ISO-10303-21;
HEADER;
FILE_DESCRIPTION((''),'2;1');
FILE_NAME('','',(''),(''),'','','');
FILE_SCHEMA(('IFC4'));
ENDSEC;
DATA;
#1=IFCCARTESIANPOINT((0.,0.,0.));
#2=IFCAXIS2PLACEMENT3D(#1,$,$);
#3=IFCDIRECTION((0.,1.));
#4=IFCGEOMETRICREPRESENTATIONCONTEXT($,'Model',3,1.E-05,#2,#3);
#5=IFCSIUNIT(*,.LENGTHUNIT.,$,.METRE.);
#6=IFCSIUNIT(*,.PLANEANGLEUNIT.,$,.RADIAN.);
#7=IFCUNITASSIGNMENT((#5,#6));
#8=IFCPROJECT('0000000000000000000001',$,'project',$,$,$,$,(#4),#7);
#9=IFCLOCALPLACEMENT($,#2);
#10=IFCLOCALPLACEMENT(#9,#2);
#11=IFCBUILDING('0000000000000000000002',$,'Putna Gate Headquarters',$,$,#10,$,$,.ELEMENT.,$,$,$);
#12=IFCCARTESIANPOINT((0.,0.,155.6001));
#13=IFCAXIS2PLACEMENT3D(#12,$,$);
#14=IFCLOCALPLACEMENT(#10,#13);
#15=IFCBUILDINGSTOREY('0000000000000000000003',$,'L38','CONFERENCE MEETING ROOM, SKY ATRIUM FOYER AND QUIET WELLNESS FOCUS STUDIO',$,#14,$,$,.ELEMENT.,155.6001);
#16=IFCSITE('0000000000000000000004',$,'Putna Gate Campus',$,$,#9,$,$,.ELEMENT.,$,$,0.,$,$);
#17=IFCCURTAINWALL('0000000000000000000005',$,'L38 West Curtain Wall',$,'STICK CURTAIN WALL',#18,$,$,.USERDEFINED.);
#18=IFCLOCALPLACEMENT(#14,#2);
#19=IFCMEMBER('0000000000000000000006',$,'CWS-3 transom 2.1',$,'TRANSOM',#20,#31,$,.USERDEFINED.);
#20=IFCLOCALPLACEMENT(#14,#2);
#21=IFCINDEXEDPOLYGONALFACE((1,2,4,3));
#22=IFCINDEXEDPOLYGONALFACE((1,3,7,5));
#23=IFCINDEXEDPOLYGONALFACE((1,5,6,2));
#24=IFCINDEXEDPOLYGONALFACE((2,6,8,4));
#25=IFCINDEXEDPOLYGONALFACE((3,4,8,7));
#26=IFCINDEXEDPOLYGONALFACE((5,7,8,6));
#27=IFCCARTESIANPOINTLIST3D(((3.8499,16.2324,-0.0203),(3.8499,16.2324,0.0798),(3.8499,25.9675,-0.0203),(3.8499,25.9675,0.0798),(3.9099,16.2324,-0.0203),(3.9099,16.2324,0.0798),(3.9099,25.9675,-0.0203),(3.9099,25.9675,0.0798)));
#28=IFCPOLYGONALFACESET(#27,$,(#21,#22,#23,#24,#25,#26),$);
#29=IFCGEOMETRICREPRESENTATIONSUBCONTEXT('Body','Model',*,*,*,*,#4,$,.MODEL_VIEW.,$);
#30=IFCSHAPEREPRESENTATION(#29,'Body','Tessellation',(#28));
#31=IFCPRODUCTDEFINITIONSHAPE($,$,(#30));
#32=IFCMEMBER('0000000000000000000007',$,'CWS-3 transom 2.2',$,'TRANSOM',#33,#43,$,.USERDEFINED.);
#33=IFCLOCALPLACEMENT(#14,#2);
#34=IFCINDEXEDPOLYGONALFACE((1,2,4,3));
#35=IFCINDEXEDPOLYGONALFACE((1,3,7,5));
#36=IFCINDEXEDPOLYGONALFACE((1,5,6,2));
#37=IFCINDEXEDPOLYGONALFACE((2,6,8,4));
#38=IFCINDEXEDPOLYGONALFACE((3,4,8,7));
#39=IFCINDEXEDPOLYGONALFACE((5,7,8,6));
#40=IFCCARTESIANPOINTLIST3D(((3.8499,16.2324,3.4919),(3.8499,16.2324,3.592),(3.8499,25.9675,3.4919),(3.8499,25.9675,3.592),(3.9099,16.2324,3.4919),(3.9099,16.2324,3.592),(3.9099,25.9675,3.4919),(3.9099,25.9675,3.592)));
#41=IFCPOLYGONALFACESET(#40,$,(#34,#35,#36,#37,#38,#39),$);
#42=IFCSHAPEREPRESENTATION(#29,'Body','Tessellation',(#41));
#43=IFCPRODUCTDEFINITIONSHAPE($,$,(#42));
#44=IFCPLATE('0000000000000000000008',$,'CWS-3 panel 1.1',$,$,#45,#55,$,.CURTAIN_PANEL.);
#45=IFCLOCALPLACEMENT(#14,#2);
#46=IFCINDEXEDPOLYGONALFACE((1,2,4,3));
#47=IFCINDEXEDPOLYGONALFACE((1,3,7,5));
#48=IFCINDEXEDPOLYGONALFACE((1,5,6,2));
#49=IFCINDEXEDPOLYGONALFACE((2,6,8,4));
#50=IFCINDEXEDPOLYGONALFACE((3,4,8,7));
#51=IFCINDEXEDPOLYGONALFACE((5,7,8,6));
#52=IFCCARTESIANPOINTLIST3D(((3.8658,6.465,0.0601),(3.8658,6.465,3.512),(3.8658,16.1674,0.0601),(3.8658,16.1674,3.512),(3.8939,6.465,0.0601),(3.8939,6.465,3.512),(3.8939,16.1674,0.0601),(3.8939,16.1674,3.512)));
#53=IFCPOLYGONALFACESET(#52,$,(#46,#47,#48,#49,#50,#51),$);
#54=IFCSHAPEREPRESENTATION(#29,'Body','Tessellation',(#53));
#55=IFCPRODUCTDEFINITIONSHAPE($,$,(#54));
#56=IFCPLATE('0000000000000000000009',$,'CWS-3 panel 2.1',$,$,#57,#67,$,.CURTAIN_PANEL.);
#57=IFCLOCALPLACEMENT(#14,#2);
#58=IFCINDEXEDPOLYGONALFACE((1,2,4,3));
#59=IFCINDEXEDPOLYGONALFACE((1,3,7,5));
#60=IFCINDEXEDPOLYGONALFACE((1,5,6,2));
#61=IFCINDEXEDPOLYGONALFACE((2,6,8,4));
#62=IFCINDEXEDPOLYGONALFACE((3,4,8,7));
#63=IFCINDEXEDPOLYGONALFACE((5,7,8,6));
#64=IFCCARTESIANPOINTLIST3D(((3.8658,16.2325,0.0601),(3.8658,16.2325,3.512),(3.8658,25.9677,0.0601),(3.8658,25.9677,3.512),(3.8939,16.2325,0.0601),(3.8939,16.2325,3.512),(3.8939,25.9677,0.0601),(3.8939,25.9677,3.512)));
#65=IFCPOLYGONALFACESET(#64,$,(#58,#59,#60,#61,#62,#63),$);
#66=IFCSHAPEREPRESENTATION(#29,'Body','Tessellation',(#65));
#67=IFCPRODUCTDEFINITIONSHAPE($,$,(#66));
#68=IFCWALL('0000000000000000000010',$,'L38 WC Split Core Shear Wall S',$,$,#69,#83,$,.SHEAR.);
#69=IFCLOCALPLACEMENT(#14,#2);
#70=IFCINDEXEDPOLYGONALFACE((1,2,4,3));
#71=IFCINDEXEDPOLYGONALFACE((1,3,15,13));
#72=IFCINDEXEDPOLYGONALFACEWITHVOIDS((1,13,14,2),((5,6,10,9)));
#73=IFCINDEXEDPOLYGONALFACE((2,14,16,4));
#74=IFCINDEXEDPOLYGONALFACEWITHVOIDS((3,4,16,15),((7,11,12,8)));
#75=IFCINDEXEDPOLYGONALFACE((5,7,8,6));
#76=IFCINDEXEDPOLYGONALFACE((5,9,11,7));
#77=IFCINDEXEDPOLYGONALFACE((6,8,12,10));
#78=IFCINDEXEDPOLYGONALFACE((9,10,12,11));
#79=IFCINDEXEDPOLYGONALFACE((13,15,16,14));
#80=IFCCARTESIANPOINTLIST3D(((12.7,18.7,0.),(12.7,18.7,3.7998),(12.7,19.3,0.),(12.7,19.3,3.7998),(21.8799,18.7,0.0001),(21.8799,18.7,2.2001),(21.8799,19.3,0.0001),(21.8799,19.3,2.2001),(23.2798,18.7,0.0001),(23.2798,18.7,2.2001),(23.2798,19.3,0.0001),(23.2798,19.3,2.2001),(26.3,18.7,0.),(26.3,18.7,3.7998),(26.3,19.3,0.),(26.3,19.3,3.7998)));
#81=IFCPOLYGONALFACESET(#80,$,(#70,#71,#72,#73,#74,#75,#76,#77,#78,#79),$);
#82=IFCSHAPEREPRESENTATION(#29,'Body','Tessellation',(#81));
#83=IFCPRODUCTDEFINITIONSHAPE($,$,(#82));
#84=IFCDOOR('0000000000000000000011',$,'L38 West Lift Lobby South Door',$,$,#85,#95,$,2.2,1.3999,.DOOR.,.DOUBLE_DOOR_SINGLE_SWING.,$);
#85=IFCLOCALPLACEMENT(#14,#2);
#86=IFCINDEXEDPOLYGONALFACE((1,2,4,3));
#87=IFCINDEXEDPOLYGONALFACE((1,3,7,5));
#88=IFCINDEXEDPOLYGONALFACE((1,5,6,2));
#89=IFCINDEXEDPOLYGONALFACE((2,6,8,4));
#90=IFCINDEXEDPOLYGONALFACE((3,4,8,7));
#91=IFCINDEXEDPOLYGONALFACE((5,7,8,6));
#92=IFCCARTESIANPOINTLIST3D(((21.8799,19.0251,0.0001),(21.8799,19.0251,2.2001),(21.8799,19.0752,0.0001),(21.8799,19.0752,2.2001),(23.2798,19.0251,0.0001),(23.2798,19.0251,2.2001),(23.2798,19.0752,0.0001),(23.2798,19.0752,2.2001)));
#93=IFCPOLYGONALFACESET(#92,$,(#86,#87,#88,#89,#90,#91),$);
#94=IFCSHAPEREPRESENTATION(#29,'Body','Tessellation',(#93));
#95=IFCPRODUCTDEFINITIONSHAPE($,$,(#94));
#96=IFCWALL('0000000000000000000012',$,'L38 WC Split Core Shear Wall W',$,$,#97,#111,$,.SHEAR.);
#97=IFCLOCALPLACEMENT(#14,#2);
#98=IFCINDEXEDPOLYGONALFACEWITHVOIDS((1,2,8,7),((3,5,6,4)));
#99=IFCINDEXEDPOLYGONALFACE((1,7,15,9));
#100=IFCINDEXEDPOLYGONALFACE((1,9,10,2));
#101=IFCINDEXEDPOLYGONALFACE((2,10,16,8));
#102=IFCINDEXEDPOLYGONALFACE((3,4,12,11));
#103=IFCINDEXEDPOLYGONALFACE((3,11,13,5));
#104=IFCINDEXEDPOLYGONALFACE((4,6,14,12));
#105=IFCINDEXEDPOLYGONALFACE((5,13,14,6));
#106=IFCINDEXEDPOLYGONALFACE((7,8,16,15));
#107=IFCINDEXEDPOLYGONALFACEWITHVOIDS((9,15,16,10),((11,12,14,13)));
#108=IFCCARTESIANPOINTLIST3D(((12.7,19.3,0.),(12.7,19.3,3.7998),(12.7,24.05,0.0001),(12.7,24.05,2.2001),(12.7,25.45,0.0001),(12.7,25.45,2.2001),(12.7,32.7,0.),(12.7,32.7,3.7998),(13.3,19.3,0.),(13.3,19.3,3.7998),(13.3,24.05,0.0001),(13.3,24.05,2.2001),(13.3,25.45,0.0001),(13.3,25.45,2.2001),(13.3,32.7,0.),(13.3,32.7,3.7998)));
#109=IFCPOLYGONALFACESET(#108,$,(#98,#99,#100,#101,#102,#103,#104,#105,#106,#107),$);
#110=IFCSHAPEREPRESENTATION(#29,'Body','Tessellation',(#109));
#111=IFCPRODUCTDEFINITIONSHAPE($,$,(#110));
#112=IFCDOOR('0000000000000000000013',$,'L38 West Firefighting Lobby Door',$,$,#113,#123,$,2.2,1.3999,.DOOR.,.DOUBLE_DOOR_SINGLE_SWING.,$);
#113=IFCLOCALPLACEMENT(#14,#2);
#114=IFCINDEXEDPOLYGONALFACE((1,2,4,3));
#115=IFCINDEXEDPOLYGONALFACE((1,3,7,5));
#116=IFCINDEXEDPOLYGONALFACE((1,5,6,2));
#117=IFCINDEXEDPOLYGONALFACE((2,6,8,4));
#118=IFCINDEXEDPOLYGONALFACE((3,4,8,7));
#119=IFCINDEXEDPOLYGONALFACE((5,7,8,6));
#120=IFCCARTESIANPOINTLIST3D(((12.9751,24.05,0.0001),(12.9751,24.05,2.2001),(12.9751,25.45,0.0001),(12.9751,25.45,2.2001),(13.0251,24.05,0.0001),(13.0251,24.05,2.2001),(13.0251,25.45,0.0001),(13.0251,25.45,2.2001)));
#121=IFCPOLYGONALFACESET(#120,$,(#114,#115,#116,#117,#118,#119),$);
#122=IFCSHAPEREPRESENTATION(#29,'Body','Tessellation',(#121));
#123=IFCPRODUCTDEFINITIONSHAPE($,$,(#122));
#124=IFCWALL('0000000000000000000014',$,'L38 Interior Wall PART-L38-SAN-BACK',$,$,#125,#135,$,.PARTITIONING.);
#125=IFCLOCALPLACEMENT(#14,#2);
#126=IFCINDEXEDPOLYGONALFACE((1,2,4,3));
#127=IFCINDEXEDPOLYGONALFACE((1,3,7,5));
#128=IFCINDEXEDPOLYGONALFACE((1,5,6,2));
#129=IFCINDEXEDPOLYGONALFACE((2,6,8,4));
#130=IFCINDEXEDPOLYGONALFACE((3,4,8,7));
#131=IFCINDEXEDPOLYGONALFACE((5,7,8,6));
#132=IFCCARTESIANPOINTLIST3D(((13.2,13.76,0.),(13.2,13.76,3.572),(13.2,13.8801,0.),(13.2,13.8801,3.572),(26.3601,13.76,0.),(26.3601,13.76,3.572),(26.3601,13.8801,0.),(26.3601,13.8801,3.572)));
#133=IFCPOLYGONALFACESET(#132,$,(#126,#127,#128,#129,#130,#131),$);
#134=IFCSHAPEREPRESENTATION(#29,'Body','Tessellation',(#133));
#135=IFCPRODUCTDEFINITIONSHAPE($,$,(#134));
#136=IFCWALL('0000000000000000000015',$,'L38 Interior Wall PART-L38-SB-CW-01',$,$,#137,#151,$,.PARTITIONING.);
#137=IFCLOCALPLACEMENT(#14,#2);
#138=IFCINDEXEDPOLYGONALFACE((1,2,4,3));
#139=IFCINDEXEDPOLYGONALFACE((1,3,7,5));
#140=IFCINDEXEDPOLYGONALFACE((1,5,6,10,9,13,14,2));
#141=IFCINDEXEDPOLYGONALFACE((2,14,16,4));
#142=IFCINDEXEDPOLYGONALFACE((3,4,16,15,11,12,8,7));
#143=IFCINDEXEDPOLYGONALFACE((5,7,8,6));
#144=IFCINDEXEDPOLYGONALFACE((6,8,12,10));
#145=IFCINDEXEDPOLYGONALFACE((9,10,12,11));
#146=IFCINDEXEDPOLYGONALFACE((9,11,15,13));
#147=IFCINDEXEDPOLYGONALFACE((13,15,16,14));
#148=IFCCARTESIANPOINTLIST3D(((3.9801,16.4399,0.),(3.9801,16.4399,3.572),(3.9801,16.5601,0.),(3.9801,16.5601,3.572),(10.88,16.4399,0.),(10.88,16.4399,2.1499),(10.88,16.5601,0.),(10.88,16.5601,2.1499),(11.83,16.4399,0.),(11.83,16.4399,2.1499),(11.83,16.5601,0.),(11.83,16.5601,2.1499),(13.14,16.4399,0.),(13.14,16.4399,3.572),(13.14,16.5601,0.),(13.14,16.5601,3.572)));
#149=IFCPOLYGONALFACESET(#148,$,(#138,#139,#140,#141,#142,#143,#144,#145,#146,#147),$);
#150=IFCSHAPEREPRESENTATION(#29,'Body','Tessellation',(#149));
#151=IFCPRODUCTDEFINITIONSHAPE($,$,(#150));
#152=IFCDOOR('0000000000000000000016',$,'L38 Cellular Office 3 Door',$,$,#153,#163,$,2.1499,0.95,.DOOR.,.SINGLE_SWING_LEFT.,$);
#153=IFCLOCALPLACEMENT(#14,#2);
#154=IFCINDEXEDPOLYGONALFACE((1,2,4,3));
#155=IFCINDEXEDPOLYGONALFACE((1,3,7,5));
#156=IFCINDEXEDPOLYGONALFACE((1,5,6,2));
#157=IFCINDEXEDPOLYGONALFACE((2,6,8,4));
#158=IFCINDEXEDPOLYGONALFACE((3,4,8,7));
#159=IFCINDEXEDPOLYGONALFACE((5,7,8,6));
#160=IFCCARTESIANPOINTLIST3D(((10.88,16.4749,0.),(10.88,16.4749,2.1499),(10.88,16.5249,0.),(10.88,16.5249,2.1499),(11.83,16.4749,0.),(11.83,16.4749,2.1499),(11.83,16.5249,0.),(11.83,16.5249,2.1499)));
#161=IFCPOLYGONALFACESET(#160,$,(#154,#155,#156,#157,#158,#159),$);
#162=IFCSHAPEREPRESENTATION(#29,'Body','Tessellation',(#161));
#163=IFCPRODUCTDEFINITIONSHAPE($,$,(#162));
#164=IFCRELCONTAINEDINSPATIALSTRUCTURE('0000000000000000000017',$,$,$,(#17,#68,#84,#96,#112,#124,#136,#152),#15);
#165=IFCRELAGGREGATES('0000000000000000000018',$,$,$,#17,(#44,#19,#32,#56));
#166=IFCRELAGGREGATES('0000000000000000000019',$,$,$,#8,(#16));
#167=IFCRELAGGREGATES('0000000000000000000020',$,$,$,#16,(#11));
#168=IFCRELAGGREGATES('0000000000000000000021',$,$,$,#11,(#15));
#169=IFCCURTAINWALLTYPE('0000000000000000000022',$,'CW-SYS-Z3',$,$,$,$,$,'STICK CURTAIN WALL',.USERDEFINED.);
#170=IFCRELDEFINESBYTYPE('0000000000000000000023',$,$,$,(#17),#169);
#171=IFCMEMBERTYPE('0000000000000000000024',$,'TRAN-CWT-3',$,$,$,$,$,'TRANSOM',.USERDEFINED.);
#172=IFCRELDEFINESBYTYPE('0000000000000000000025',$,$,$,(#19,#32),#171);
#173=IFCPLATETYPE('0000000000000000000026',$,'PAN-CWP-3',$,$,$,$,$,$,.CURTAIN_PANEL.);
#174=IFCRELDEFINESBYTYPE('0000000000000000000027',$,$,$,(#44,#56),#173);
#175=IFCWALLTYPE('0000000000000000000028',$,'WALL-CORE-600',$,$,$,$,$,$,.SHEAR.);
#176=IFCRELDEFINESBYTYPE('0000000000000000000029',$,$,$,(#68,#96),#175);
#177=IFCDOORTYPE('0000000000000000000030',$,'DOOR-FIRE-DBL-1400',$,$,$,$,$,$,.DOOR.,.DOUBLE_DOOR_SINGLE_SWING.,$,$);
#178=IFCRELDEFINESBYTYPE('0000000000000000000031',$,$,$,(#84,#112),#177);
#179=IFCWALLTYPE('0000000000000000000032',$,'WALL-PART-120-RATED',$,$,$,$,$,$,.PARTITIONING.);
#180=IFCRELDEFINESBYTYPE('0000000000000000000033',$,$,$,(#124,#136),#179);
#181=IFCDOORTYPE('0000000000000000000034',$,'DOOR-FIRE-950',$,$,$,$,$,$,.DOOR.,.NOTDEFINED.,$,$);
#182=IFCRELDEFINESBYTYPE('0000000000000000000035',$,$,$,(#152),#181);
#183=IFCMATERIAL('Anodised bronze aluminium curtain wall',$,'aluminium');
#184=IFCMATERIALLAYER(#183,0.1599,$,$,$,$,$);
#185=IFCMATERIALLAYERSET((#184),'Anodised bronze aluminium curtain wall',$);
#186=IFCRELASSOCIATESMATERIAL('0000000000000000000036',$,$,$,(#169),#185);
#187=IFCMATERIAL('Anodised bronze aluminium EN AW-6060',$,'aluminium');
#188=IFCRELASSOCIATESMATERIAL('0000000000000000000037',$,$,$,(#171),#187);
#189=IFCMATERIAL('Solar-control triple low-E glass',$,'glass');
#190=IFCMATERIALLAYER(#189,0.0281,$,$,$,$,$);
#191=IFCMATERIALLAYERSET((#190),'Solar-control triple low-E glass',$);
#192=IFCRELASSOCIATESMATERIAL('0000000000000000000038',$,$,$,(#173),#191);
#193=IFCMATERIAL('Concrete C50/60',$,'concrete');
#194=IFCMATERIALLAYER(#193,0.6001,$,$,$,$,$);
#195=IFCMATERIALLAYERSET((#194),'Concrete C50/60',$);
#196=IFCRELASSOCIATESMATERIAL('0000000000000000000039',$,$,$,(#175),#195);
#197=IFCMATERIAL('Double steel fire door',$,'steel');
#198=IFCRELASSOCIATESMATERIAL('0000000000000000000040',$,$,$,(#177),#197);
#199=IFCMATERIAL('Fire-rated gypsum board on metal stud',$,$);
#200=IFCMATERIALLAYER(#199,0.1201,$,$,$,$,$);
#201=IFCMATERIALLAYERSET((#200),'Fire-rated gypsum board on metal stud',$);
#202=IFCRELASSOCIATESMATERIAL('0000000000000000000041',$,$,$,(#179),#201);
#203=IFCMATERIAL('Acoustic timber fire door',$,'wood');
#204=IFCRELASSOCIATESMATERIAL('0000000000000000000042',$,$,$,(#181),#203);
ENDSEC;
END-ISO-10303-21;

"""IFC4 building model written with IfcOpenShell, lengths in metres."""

from ifc_helpers import new_model, si_unit, direction, frame, frame_2d, origin, origin_2d, place, context, subcontext, project, spatial, rectangle, extrude, material, layer, layer_set, material_profile, profile_set, type_object, element, fill, aggregate, save


model = new_model("IFC4")

# Units and contexts
model_context = context("Model", 3, precision=1e-05, world=origin(), true_north=direction((0.0, 1.0)))
body_context = subcontext(model_context, "Body", "Model", "MODEL_VIEW")
ifc_project = project(units=[si_unit("LENGTHUNIT", "METRE"), si_unit("PLANEANGLEUNIT", "RADIAN")], contexts=[model_context])

# Site, building, storey
site_placement = place(None, origin())
site = spatial("IfcSite", under=ifc_project, at=site_placement, Name="Putna Gate Campus", CompositionType="ELEMENT", RefElevation=0.0)
building_placement = place(site_placement, origin())
building = spatial("IfcBuilding", under=site, at=building_placement, Name="Putna Gate Headquarters", CompositionType="ELEMENT")
storey_placement = place(building_placement, frame((0.0, 0.0, 155.6001)))
storey = spatial("IfcBuildingStorey", under=building, at=storey_placement, Name="L38", Description="CONFERENCE MEETING ROOM, SKY ATRIUM FOYER AND QUIET WELLNESS FOCUS STUDIO", CompositionType="ELEMENT", Elevation=155.6001)

# Shared definitions
ifc_material_1 = material(Name="Concrete C50/60", Category="concrete")

# Curtain wall, members, plates
ifc_material_2 = material(Name="Anodised bronze aluminium curtain wall", Category="aluminium")
ifc_layer_1 = layer(ifc_material_2, 0.1599)
ifc_layer_set_1 = layer_set([ifc_layer_1], Name="Anodised bronze aluminium curtain wall")
curtain_wall_type = type_object("IfcCurtainWallType", Name="CW-SYS-Z3", ElementType="STICK CURTAIN WALL", PredefinedType="USERDEFINED", material=ifc_layer_set_1)
curtain_wall_placement = place(storey_placement, origin())
curtain_wall = element("IfcCurtainWall", 1, at=curtain_wall_placement, inside=storey, type_object=curtain_wall_type, Name="L38 West Curtain Wall", ObjectType="STICK CURTAIN WALL", PredefinedType="USERDEFINED")
ifc_material_3 = material(Name="Anodised bronze aluminium EN AW-6060", Category="aluminium")
ifc_material_profile_1 = material_profile(ifc_material_3, rectangle(XDim=0.0601, YDim=0.1001, at=origin_2d()), Name="Anodised bronze aluminium EN AW-6060")
ifc_profile_set_1 = profile_set([ifc_material_profile_1], Name="Anodised bronze aluminium EN AW-6060")
member_type_1 = type_object("IfcMemberType", Name="TRAN-CWT-3", ElementType="TRANSOM", PredefinedType="USERDEFINED", material=ifc_profile_set_1)
member_1_placement = place(storey_placement, frame((3.8799, 16.2324, 0.0298), z_axis=(0.0, 1.0, 0.0), x_axis=(-1.0, 0.0, 0.0)))
member_1 = element("IfcMember", 2, at=member_1_placement, type_object=member_type_1, Name="CWS-3 transom 2.1", ObjectType="TRANSOM", PredefinedType="USERDEFINED", context=body_context, shape_type="SweptSolid", body=[
    extrude(rectangle(XDim=0.0601, YDim=0.1001, at=origin_2d()), origin(), (0.0, 0.0, 1.0), 9.7351),
])
member_2_placement = place(storey_placement, frame((3.8799, 16.2324, 3.542), z_axis=(0.0, 1.0, 0.0), x_axis=(-1.0, 0.0, 0.0)))
member_2 = element("IfcMember", 3, at=member_2_placement, type_object=member_type_1, Name="CWS-3 transom 2.2", ObjectType="TRANSOM", PredefinedType="USERDEFINED", context=body_context, shape_type="SweptSolid", body=[
    extrude(rectangle(XDim=0.0601, YDim=0.1001, at=origin_2d()), origin(), (0.0, 0.0, 1.0), 9.7351),
])
ifc_material_4 = material(Name="Solar-control triple low-E glass", Category="glass")
ifc_layer_2 = layer(ifc_material_4, 0.0281)
ifc_layer_set_2 = layer_set([ifc_layer_2], Name="Solar-control triple low-E glass")
plate_type = type_object("IfcPlateType", Name="PAN-CWP-3", PredefinedType="CURTAIN_PANEL", material=ifc_layer_set_2)
plate_1_placement = place(storey_placement, frame((3.8799, 11.3162, 0.0601), z_axis=(0.0, 0.0, 1.0), x_axis=(0.0, 1.0, 0.0)))
plate_1 = element("IfcPlate", 4, at=plate_1_placement, type_object=plate_type, Name="CWS-3 panel 1.1", PredefinedType="CURTAIN_PANEL", context=body_context, shape_type="SweptSolid", body=[
    extrude(rectangle(XDim=9.7024, YDim=0.0281, at=origin_2d()), origin(), (0.0, 0.0, 1.0), 3.4519),
])
plate_2_placement = place(storey_placement, frame((3.8799, 21.1001, 0.0601), z_axis=(0.0, 0.0, 1.0), x_axis=(0.0, 1.0, 0.0)))
plate_2 = element("IfcPlate", 5, at=plate_2_placement, type_object=plate_type, Name="CWS-3 panel 2.1", PredefinedType="CURTAIN_PANEL", context=body_context, shape_type="SweptSolid", body=[
    extrude(rectangle(XDim=9.7351, YDim=0.0281, at=origin_2d()), origin(), (0.0, 0.0, 1.0), 3.4519),
])
aggregate(curtain_wall, [plate_1, member_1, member_2, plate_2])

# Walls, openings, doors
ifc_layer_3 = layer(ifc_material_1, 0.6001)
ifc_layer_set_3 = layer_set([ifc_layer_3], Name="Concrete C50/60")
wall_type_1 = type_object("IfcWallType", Name="WALL-CORE-600", PredefinedType="SHEAR", material=ifc_layer_set_3)
wall_1_placement = place(storey_placement, frame((12.7, 19.0, 0.0), z_axis=(0.0, 0.0, 1.0), x_axis=(1.0, 0.0, 0.0)))
wall_1 = element("IfcWall", 6, at=wall_1_placement, inside=storey, type_object=wall_type_1, Name="L38 WC Split Core Shear Wall S", PredefinedType="SHEAR", context=body_context, shape_type="SweptSolid", body=[
    extrude(rectangle(XDim=13.6001, YDim=0.6001, at=frame_2d((6.8, 0.0))), origin(), (0.0, 0.0, 1.0), 3.7998),
])
opening_1_placement = place(wall_1_placement, frame((9.1799, 0.0, 0.0)))
opening_1 = element("IfcOpeningElement", 7, at=opening_1_placement, cuts=wall_1, PredefinedType="OPENING", context=body_context, shape_type="SweptSolid", body=[
    extrude(rectangle(XDim=1.3999, YDim=2.2, at=frame_2d((0.7, 1.1001))), frame((0.0, 0.3101, 0.0), z_axis=(0.0, -1.0, 0.0), x_axis=(1.0, 0.0, 0.0)), (0.0, 0.0, 1.0), 0.6201),
])
ifc_material_5 = material(Name="Double steel fire door", Category="steel")
door_type_1 = type_object("IfcDoorType", Name="DOOR-FIRE-DBL-1400", OperationType="DOUBLE_DOOR_SINGLE_SWING", PredefinedType="DOOR", material=ifc_material_5)
door_1_placement = place(opening_1_placement, origin())
door_1 = element("IfcDoor", 8, at=door_1_placement, inside=storey, type_object=door_type_1, Name="L38 West Lift Lobby South Door", OperationType="DOUBLE_DOOR_SINGLE_SWING", OverallHeight=2.2, OverallWidth=1.3999, PredefinedType="DOOR", context=body_context, shape_type="SweptSolid", body=[
    extrude(rectangle(XDim=1.3999, YDim=2.2, at=frame_2d((0.7, 1.1001))), frame((0.0, 0.0752, 0.0), z_axis=(0.0, -1.0, 0.0), x_axis=(1.0, 0.0, 0.0)), (0.0, 0.0, 1.0), 0.05),
])
fill(opening_1, door_1)
wall_2_placement = place(storey_placement, frame((13.0, 19.3, 0.0), z_axis=(0.0, 0.0, 1.0), x_axis=(0.0, 1.0, 0.0)))
wall_2 = element("IfcWall", 9, at=wall_2_placement, inside=storey, type_object=wall_type_1, Name="L38 WC Split Core Shear Wall W", PredefinedType="SHEAR", context=body_context, shape_type="SweptSolid", body=[
    extrude(rectangle(XDim=13.3999, YDim=0.6001, at=frame_2d((6.7, 0.0))), origin(), (0.0, 0.0, 1.0), 3.7998),
])
opening_2_placement = place(wall_2_placement, frame((4.75, 0.0, 0.0)))
opening_2 = element("IfcOpeningElement", 10, at=opening_2_placement, cuts=wall_2, PredefinedType="OPENING", context=body_context, shape_type="SweptSolid", body=[
    extrude(rectangle(XDim=1.3999, YDim=2.2, at=frame_2d((0.7, 1.1001))), frame((0.0, 0.3101, 0.0), z_axis=(0.0, -1.0, 0.0), x_axis=(1.0, 0.0, 0.0)), (0.0, 0.0, 1.0), 0.6201),
])
door_2_placement = place(opening_2_placement, origin())
door_2 = element("IfcDoor", 11, at=door_2_placement, inside=storey, type_object=door_type_1, Name="L38 West Firefighting Lobby Door", OperationType="DOUBLE_DOOR_SINGLE_SWING", OverallHeight=2.2, OverallWidth=1.3999, PredefinedType="DOOR", context=body_context, shape_type="SweptSolid", body=[
    extrude(rectangle(XDim=1.3999, YDim=2.2, at=frame_2d((0.7, 1.1001))), frame((0.0, 0.0249, 0.0), z_axis=(0.0, -1.0, 0.0), x_axis=(1.0, 0.0, 0.0)), (0.0, 0.0, 1.0), 0.05),
])
fill(opening_2, door_2)

# Shared definitions
ifc_material_6 = material(Name="Fire-rated gypsum board on metal stud")
ifc_layer_4 = layer(ifc_material_6, 0.1201)
ifc_layer_set_4 = layer_set([ifc_layer_4], Name="Fire-rated gypsum board on metal stud")
wall_type_2 = type_object("IfcWallType", Name="WALL-PART-120-RATED", PredefinedType="PARTITIONING", material=ifc_layer_set_4)
ifc_material_7 = material(Name="Acoustic timber fire door", Category="wood")
door_type_2 = type_object("IfcDoorType", Name="DOOR-FIRE-950", OperationType="NOTDEFINED", PredefinedType="DOOR", material=ifc_material_7)

# Wall
wall_3_placement = place(storey_placement, frame((13.2, 13.8201, 0.0), z_axis=(0.0, 0.0, 1.0), x_axis=(1.0, 0.0, 0.0)))
element("IfcWall", 12, at=wall_3_placement, inside=storey, type_object=wall_type_2, Name="L38 Interior Wall PART-L38-SAN-BACK", PredefinedType="PARTITIONING", context=body_context, shape_type="SweptSolid", body=[
    extrude(rectangle(XDim=13.1602, YDim=0.1201, at=frame_2d((6.5801, 0.0))), origin(), (0.0, 0.0, 1.0), 3.572),
])

# Wall, opening, door
wall_4_placement = place(storey_placement, frame((3.98, 16.5, 0.0), z_axis=(0.0, 0.0, 1.0), x_axis=(1.0, 0.0, 0.0)))
wall_4 = element("IfcWall", 13, at=wall_4_placement, inside=storey, type_object=wall_type_2, Name="L38 Interior Wall PART-L38-SB-CW-01", PredefinedType="PARTITIONING", context=body_context, shape_type="SweptSolid", body=[
    extrude(rectangle(XDim=9.1599, YDim=0.1201, at=frame_2d((4.5801, 0.0))), origin(), (0.0, 0.0, 1.0), 3.572),
])
opening_3_placement = place(wall_4_placement, frame((6.8999, 0.0, 0.0)))
opening_3 = element("IfcOpeningElement", 14, at=opening_3_placement, cuts=wall_4, PredefinedType="OPENING", context=body_context, shape_type="SweptSolid", body=[
    extrude(rectangle(XDim=0.95, YDim=2.1499, at=frame_2d((0.4751, 1.075))), frame((0.0, 0.0701, 0.0), z_axis=(0.0, -1.0, 0.0), x_axis=(1.0, 0.0, 0.0)), (0.0, 0.0, 1.0), 0.1401),
])
door_3_placement = place(opening_3_placement, origin())
door_3 = element("IfcDoor", 15, at=door_3_placement, inside=storey, type_object=door_type_2, Name="L38 Cellular Office 3 Door", OperationType="SINGLE_SWING_LEFT", OverallHeight=2.1499, OverallWidth=0.95, PredefinedType="DOOR", context=body_context, shape_type="SweptSolid", body=[
    extrude(rectangle(XDim=0.95, YDim=2.1499, at=frame_2d((0.4751, 1.075))), frame((0.0, 0.0249, 0.0), z_axis=(0.0, -1.0, 0.0), x_axis=(1.0, 0.0, 0.0)), (0.0, 0.0, 1.0), 0.05),
])
fill(opening_3, door_3)

save(model, "model.ifc")
